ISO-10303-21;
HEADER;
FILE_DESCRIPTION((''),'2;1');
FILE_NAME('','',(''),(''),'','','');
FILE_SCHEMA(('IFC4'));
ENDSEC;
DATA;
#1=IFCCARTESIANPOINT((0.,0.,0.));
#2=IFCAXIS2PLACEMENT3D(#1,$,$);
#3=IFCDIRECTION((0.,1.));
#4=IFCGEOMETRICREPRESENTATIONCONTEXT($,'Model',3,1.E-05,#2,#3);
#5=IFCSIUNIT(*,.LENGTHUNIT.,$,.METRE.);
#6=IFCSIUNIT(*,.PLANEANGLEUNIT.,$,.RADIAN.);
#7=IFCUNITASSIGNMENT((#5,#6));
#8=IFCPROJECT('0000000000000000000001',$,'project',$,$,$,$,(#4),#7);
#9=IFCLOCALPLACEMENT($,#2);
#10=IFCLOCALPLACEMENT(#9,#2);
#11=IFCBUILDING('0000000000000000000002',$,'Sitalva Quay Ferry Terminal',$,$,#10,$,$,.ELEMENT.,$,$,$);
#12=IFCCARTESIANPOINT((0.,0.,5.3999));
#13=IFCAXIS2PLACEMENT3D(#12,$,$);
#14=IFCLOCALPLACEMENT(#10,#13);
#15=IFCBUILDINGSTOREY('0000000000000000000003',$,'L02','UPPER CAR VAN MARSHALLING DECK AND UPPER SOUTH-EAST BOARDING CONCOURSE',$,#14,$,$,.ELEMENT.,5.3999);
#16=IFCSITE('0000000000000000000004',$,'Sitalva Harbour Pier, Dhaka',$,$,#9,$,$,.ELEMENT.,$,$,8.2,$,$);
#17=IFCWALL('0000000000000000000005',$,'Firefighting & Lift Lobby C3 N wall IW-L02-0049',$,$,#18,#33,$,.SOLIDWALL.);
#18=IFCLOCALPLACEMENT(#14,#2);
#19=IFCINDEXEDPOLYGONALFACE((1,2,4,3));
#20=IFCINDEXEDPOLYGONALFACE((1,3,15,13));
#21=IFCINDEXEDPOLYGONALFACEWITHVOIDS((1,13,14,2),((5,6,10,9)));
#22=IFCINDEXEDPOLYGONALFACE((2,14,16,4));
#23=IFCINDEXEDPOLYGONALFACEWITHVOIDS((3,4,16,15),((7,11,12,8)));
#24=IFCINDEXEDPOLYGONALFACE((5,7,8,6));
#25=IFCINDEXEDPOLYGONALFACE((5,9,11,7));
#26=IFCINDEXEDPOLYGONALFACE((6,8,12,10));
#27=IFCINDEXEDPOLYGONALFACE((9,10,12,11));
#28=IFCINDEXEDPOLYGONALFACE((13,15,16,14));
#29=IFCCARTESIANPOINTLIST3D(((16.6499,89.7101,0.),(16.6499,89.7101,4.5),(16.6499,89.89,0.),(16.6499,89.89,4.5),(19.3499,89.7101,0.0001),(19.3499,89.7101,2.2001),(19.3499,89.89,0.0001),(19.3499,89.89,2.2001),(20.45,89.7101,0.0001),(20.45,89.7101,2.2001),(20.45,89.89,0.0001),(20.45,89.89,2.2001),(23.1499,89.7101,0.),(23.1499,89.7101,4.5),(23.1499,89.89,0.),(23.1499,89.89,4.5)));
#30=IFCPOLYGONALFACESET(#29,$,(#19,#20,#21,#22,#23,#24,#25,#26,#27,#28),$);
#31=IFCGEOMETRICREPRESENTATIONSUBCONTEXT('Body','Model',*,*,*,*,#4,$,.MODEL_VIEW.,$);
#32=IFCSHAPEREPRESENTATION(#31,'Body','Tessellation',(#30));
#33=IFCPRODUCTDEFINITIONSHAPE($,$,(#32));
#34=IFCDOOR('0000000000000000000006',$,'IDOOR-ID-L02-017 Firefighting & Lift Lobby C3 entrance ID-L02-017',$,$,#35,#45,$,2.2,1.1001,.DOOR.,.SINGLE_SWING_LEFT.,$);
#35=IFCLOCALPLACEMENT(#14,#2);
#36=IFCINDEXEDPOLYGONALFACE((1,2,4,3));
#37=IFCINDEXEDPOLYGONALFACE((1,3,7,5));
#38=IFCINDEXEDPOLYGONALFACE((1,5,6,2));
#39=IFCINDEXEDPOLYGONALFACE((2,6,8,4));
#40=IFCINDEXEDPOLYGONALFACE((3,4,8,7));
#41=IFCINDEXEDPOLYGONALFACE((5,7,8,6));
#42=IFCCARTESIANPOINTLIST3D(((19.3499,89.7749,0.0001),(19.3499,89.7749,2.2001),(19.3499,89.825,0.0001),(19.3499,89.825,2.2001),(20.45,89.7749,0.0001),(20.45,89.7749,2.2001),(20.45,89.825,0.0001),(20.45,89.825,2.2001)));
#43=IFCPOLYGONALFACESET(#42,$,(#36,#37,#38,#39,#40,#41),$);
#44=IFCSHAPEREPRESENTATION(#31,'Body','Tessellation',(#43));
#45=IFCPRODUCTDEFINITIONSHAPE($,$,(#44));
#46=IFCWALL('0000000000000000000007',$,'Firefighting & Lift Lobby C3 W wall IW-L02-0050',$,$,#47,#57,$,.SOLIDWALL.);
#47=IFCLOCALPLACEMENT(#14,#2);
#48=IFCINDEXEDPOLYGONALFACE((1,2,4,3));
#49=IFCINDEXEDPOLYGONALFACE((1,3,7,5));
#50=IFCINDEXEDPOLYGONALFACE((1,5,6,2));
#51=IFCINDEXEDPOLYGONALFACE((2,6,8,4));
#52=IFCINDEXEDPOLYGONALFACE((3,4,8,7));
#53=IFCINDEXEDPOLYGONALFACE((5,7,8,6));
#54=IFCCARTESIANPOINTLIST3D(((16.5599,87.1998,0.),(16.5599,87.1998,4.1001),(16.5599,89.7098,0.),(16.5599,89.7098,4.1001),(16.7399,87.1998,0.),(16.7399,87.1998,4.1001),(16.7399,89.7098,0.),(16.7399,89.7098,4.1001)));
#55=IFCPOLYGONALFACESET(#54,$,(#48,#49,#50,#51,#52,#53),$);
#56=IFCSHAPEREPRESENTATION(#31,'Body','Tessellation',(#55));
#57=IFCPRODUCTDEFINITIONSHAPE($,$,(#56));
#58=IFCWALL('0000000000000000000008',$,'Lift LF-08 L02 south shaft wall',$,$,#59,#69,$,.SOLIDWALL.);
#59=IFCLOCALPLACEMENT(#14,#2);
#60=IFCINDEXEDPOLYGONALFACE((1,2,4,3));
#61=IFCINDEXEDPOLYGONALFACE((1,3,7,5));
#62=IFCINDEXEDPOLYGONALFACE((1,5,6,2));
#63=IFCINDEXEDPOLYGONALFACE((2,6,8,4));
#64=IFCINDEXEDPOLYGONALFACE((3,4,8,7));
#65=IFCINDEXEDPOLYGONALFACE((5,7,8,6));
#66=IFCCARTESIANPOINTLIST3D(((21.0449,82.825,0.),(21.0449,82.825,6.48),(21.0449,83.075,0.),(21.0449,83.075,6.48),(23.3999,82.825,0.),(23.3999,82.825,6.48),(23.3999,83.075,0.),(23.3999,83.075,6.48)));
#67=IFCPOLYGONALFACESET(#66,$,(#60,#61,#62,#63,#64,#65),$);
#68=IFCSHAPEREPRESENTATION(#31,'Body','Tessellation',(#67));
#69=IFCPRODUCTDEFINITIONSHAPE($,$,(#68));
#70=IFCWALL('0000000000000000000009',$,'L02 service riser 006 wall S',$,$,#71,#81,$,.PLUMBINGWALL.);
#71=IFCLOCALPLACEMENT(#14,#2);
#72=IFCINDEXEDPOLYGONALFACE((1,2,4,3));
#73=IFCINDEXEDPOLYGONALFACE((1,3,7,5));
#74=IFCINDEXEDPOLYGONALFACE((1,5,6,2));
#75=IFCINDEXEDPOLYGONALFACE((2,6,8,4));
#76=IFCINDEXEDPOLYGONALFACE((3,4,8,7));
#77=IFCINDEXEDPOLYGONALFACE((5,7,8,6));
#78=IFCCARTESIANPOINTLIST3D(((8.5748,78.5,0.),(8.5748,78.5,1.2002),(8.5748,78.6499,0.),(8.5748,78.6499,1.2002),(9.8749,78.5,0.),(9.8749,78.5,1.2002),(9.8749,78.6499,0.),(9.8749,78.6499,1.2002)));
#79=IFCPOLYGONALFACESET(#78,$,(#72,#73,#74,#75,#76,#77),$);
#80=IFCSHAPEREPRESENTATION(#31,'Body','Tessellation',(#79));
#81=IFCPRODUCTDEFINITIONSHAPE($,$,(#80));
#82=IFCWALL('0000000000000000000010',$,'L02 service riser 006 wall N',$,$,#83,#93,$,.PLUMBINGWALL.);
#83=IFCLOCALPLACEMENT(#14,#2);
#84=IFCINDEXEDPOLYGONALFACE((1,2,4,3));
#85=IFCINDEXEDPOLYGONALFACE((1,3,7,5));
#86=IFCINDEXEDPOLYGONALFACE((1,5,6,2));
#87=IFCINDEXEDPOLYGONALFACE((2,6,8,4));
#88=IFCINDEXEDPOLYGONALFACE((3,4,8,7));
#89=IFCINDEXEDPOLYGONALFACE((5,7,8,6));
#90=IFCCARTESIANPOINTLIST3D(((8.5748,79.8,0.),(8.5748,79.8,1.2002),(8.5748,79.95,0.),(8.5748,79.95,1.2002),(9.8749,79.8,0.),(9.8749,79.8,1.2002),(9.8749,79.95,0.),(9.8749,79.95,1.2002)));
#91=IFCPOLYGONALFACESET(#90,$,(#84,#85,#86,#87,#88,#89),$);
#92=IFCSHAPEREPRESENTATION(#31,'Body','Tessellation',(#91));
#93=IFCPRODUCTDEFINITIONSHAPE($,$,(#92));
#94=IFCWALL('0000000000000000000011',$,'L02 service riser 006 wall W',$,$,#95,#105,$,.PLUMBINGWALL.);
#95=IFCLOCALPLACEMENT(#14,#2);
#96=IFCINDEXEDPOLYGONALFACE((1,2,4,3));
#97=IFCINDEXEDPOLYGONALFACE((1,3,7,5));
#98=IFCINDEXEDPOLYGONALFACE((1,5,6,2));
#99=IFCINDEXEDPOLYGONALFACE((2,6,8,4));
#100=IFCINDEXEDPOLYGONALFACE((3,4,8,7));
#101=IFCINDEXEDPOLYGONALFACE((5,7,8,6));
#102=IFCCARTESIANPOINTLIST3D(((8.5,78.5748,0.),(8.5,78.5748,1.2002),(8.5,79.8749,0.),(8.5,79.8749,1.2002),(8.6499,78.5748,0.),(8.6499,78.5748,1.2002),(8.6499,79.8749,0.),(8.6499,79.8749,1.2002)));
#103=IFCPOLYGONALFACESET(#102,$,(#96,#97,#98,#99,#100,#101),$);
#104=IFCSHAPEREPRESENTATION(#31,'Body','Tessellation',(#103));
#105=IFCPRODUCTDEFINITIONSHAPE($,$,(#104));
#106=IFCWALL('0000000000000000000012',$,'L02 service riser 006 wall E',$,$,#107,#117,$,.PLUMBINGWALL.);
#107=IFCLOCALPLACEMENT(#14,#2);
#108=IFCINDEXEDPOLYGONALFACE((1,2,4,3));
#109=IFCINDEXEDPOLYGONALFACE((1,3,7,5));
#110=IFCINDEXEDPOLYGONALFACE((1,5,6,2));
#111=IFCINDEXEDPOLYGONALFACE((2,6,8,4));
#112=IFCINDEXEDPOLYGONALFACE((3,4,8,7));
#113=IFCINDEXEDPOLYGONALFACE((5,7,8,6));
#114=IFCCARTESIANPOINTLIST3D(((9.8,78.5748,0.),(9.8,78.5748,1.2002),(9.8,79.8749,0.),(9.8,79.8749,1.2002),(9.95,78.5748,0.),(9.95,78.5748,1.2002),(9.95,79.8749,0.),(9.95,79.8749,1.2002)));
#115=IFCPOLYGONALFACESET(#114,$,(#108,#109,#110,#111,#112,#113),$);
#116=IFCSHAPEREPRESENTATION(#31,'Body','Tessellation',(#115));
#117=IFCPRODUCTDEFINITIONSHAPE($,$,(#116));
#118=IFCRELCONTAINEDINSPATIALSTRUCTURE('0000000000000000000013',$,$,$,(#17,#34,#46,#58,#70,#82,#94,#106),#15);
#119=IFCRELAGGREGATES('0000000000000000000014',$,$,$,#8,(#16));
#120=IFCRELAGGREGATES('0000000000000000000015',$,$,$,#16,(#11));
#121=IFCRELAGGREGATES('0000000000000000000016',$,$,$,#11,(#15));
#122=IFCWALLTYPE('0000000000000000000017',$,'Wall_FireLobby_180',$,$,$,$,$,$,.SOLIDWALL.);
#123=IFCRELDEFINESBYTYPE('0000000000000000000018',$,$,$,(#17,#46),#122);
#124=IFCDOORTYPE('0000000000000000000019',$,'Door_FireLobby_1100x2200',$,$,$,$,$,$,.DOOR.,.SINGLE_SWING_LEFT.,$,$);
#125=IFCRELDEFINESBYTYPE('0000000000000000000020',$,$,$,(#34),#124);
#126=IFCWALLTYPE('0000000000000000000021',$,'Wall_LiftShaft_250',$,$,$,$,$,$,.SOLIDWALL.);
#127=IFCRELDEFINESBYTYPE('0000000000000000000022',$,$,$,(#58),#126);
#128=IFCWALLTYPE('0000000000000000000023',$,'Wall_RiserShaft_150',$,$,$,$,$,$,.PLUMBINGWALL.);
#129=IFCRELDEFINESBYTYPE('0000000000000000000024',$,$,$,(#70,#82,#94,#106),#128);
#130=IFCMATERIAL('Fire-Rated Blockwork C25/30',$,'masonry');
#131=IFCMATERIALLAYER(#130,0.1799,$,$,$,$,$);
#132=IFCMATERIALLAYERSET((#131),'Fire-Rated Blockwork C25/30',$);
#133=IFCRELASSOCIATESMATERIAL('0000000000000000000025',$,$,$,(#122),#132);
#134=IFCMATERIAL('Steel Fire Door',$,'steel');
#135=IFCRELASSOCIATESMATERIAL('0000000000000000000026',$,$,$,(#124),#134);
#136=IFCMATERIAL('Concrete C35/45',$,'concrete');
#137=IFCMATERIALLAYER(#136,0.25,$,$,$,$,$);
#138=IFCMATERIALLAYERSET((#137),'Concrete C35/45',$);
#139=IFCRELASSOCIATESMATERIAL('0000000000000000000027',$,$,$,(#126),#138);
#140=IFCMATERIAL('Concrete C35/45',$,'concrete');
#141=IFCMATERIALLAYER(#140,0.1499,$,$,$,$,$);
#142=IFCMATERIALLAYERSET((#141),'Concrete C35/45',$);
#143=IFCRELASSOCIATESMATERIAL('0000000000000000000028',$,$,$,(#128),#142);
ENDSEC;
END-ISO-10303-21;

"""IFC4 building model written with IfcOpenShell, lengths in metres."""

from ifc_helpers import new_model, si_unit, direction, frame, frame_2d, origin, place, context, subcontext, project, spatial, rectangle, extrude, material, layer, layer_set, type_object, element, fill, save


model = new_model("IFC4")

# Units and contexts
model_context = context("Model", 3, precision=1e-05, world=origin(), true_north=direction((0.0, 1.0)))
body_context = subcontext(model_context, "Body", "Model", "MODEL_VIEW")
ifc_project = project(units=[si_unit("LENGTHUNIT", "METRE"), si_unit("PLANEANGLEUNIT", "RADIAN")], contexts=[model_context])

# Site, building, storey
site_placement = place(None, origin())
site = spatial("IfcSite", under=ifc_project, at=site_placement, Name="Sitalva Harbour Pier, Dhaka", CompositionType="ELEMENT", RefElevation=8.2)
building_placement = place(site_placement, origin())
building = spatial("IfcBuilding", under=site, at=building_placement, Name="Sitalva Quay Ferry Terminal", CompositionType="ELEMENT")
storey_placement = place(building_placement, frame((0.0, 0.0, 5.3999)))
storey = spatial("IfcBuildingStorey", under=building, at=storey_placement, Name="L02", Description="UPPER CAR VAN MARSHALLING DECK AND UPPER SOUTH-EAST BOARDING CONCOURSE", CompositionType="ELEMENT", Elevation=5.3999)

# Wall, opening, door
ifc_material_1 = material(Name="Fire-Rated Blockwork C25/30", Category="masonry")
ifc_layer_1 = layer(ifc_material_1, 0.1799)
ifc_layer_set_1 = layer_set([ifc_layer_1], Name="Fire-Rated Blockwork C25/30")
wall_type_1 = type_object("IfcWallType", Name="Wall_FireLobby_180", PredefinedType="SOLIDWALL", material=ifc_layer_set_1)
wall_1_placement = place(storey_placement, frame((16.6499, 89.8, 0.0), z_axis=(0.0, 0.0, 1.0), x_axis=(1.0, 0.0, 0.0)))
wall_1 = element("IfcWall", 1, at=wall_1_placement, inside=storey, type_object=wall_type_1, Name="Firefighting & Lift Lobby C3 N wall IW-L02-0049", PredefinedType="SOLIDWALL", context=body_context, shape_type="SweptSolid", body=[
    extrude(rectangle(XDim=6.5, YDim=0.1799, at=frame_2d((3.25, 0.0))), origin(), (0.0, 0.0, 1.0), 4.5),
])
opening_1_placement = place(wall_1_placement, frame((2.7, 0.0, 0.0)))
opening_1 = element("IfcOpeningElement", 2, at=opening_1_placement, cuts=wall_1, PredefinedType="OPENING", context=body_context, shape_type="SweptSolid", body=[
    extrude(rectangle(XDim=1.1001, YDim=2.2, at=frame_2d((0.55, 1.1001))), frame((0.0, 0.0999, 0.0), z_axis=(0.0, -1.0, 0.0), x_axis=(1.0, 0.0, 0.0)), (0.0, 0.0, 1.0), 0.2),
])
ifc_material_2 = material(Name="Steel Fire Door", Category="steel")
door_type_1 = type_object("IfcDoorType", Name="Door_FireLobby_1100x2200", OperationType="SINGLE_SWING_LEFT", PredefinedType="DOOR", material=ifc_material_2)
door_1_placement = place(opening_1_placement, origin())
door_1 = element("IfcDoor", 3, at=door_1_placement, inside=storey, type_object=door_type_1, Name="IDOOR-ID-L02-017 Firefighting & Lift Lobby C3 entrance ID-L02-017", OperationType="SINGLE_SWING_LEFT", OverallHeight=2.2, OverallWidth=1.1001, PredefinedType="DOOR", context=body_context, shape_type="SweptSolid", body=[
    extrude(rectangle(XDim=1.1001, YDim=2.2, at=frame_2d((0.55, 1.1001))), frame((0.0, 0.0249, 0.0), z_axis=(0.0, -1.0, 0.0), x_axis=(1.0, 0.0, 0.0)), (0.0, 0.0, 1.0), 0.05),
])
fill(opening_1, door_1)

# Walls
wall_2_placement = place(storey_placement, frame((16.6499, 87.2, 0.0), z_axis=(0.0, 0.0, 1.0), x_axis=(0.0, 1.0, 0.0)))
element("IfcWall", 4, at=wall_2_placement, inside=storey, type_object=wall_type_1, Name="Firefighting & Lift Lobby C3 W wall IW-L02-0050", PredefinedType="SOLIDWALL", context=body_context, shape_type="SweptSolid", body=[
    extrude(rectangle(XDim=2.51, YDim=0.1799, at=frame_2d((1.2549, 0.0))), origin(), (0.0, 0.0, 1.0), 4.1001),
])
ifc_material_3 = material(Name="Concrete C35/45", Category="concrete")
ifc_layer_2 = layer(ifc_material_3, 0.25)
ifc_layer_set_2 = layer_set([ifc_layer_2], Name="Concrete C35/45")
wall_type_2 = type_object("IfcWallType", Name="Wall_LiftShaft_250", PredefinedType="SOLIDWALL", material=ifc_layer_set_2)
wall_3_placement = place(storey_placement, frame((21.0449, 82.95, 0.0), z_axis=(0.0, 0.0, 1.0), x_axis=(1.0, 0.0, 0.0)))
element("IfcWall", 5, at=wall_3_placement, inside=storey, type_object=wall_type_2, Name="Lift LF-08 L02 south shaft wall", PredefinedType="SOLIDWALL", context=body_context, shape_type="SweptSolid", body=[
    extrude(rectangle(XDim=2.355, YDim=0.25, at=frame_2d((1.1775, 0.0))), origin(), (0.0, 0.0, 1.0), 6.48),
])
ifc_material_4 = material(Name="Concrete C35/45", Category="concrete")
ifc_layer_3 = layer(ifc_material_4, 0.1499)
ifc_layer_set_3 = layer_set([ifc_layer_3], Name="Concrete C35/45")
wall_type_3 = type_object("IfcWallType", Name="Wall_RiserShaft_150", PredefinedType="PLUMBINGWALL", material=ifc_layer_set_3)
for number, where, z_axis, x_axis, name in (
    (6, (8.575, 78.575, 0.0), (0.0, 0.0, 1.0), (1.0, 0.0, 0.0), "L02 service riser 006 wall S"),
    (7, (8.575, 79.875, 0.0), (0.0, 0.0, 1.0), (1.0, 0.0, 0.0), "L02 service riser 006 wall N"),
    (8, (8.575, 78.575, 0.0), (0.0, 0.0, 1.0), (0.0, 1.0, 0.0), "L02 service riser 006 wall W"),
    (9, (9.875, 78.575, 0.0), (0.0, 0.0, 1.0), (0.0, 1.0, 0.0), "L02 service riser 006 wall E"),
):
    element("IfcWall", number, at=place(storey_placement, frame(where, z_axis=z_axis, x_axis=x_axis)), inside=storey, type_object=wall_type_3, Name=name, PredefinedType="PLUMBINGWALL", context=body_context, shape_type="SweptSolid", body=[
        extrude(rectangle(XDim=1.3, YDim=0.1499, at=frame_2d((0.6499, 0.0))), origin(), (0.0, 0.0, 1.0), 1.2002),
    ])

save(model, "model.ifc")
